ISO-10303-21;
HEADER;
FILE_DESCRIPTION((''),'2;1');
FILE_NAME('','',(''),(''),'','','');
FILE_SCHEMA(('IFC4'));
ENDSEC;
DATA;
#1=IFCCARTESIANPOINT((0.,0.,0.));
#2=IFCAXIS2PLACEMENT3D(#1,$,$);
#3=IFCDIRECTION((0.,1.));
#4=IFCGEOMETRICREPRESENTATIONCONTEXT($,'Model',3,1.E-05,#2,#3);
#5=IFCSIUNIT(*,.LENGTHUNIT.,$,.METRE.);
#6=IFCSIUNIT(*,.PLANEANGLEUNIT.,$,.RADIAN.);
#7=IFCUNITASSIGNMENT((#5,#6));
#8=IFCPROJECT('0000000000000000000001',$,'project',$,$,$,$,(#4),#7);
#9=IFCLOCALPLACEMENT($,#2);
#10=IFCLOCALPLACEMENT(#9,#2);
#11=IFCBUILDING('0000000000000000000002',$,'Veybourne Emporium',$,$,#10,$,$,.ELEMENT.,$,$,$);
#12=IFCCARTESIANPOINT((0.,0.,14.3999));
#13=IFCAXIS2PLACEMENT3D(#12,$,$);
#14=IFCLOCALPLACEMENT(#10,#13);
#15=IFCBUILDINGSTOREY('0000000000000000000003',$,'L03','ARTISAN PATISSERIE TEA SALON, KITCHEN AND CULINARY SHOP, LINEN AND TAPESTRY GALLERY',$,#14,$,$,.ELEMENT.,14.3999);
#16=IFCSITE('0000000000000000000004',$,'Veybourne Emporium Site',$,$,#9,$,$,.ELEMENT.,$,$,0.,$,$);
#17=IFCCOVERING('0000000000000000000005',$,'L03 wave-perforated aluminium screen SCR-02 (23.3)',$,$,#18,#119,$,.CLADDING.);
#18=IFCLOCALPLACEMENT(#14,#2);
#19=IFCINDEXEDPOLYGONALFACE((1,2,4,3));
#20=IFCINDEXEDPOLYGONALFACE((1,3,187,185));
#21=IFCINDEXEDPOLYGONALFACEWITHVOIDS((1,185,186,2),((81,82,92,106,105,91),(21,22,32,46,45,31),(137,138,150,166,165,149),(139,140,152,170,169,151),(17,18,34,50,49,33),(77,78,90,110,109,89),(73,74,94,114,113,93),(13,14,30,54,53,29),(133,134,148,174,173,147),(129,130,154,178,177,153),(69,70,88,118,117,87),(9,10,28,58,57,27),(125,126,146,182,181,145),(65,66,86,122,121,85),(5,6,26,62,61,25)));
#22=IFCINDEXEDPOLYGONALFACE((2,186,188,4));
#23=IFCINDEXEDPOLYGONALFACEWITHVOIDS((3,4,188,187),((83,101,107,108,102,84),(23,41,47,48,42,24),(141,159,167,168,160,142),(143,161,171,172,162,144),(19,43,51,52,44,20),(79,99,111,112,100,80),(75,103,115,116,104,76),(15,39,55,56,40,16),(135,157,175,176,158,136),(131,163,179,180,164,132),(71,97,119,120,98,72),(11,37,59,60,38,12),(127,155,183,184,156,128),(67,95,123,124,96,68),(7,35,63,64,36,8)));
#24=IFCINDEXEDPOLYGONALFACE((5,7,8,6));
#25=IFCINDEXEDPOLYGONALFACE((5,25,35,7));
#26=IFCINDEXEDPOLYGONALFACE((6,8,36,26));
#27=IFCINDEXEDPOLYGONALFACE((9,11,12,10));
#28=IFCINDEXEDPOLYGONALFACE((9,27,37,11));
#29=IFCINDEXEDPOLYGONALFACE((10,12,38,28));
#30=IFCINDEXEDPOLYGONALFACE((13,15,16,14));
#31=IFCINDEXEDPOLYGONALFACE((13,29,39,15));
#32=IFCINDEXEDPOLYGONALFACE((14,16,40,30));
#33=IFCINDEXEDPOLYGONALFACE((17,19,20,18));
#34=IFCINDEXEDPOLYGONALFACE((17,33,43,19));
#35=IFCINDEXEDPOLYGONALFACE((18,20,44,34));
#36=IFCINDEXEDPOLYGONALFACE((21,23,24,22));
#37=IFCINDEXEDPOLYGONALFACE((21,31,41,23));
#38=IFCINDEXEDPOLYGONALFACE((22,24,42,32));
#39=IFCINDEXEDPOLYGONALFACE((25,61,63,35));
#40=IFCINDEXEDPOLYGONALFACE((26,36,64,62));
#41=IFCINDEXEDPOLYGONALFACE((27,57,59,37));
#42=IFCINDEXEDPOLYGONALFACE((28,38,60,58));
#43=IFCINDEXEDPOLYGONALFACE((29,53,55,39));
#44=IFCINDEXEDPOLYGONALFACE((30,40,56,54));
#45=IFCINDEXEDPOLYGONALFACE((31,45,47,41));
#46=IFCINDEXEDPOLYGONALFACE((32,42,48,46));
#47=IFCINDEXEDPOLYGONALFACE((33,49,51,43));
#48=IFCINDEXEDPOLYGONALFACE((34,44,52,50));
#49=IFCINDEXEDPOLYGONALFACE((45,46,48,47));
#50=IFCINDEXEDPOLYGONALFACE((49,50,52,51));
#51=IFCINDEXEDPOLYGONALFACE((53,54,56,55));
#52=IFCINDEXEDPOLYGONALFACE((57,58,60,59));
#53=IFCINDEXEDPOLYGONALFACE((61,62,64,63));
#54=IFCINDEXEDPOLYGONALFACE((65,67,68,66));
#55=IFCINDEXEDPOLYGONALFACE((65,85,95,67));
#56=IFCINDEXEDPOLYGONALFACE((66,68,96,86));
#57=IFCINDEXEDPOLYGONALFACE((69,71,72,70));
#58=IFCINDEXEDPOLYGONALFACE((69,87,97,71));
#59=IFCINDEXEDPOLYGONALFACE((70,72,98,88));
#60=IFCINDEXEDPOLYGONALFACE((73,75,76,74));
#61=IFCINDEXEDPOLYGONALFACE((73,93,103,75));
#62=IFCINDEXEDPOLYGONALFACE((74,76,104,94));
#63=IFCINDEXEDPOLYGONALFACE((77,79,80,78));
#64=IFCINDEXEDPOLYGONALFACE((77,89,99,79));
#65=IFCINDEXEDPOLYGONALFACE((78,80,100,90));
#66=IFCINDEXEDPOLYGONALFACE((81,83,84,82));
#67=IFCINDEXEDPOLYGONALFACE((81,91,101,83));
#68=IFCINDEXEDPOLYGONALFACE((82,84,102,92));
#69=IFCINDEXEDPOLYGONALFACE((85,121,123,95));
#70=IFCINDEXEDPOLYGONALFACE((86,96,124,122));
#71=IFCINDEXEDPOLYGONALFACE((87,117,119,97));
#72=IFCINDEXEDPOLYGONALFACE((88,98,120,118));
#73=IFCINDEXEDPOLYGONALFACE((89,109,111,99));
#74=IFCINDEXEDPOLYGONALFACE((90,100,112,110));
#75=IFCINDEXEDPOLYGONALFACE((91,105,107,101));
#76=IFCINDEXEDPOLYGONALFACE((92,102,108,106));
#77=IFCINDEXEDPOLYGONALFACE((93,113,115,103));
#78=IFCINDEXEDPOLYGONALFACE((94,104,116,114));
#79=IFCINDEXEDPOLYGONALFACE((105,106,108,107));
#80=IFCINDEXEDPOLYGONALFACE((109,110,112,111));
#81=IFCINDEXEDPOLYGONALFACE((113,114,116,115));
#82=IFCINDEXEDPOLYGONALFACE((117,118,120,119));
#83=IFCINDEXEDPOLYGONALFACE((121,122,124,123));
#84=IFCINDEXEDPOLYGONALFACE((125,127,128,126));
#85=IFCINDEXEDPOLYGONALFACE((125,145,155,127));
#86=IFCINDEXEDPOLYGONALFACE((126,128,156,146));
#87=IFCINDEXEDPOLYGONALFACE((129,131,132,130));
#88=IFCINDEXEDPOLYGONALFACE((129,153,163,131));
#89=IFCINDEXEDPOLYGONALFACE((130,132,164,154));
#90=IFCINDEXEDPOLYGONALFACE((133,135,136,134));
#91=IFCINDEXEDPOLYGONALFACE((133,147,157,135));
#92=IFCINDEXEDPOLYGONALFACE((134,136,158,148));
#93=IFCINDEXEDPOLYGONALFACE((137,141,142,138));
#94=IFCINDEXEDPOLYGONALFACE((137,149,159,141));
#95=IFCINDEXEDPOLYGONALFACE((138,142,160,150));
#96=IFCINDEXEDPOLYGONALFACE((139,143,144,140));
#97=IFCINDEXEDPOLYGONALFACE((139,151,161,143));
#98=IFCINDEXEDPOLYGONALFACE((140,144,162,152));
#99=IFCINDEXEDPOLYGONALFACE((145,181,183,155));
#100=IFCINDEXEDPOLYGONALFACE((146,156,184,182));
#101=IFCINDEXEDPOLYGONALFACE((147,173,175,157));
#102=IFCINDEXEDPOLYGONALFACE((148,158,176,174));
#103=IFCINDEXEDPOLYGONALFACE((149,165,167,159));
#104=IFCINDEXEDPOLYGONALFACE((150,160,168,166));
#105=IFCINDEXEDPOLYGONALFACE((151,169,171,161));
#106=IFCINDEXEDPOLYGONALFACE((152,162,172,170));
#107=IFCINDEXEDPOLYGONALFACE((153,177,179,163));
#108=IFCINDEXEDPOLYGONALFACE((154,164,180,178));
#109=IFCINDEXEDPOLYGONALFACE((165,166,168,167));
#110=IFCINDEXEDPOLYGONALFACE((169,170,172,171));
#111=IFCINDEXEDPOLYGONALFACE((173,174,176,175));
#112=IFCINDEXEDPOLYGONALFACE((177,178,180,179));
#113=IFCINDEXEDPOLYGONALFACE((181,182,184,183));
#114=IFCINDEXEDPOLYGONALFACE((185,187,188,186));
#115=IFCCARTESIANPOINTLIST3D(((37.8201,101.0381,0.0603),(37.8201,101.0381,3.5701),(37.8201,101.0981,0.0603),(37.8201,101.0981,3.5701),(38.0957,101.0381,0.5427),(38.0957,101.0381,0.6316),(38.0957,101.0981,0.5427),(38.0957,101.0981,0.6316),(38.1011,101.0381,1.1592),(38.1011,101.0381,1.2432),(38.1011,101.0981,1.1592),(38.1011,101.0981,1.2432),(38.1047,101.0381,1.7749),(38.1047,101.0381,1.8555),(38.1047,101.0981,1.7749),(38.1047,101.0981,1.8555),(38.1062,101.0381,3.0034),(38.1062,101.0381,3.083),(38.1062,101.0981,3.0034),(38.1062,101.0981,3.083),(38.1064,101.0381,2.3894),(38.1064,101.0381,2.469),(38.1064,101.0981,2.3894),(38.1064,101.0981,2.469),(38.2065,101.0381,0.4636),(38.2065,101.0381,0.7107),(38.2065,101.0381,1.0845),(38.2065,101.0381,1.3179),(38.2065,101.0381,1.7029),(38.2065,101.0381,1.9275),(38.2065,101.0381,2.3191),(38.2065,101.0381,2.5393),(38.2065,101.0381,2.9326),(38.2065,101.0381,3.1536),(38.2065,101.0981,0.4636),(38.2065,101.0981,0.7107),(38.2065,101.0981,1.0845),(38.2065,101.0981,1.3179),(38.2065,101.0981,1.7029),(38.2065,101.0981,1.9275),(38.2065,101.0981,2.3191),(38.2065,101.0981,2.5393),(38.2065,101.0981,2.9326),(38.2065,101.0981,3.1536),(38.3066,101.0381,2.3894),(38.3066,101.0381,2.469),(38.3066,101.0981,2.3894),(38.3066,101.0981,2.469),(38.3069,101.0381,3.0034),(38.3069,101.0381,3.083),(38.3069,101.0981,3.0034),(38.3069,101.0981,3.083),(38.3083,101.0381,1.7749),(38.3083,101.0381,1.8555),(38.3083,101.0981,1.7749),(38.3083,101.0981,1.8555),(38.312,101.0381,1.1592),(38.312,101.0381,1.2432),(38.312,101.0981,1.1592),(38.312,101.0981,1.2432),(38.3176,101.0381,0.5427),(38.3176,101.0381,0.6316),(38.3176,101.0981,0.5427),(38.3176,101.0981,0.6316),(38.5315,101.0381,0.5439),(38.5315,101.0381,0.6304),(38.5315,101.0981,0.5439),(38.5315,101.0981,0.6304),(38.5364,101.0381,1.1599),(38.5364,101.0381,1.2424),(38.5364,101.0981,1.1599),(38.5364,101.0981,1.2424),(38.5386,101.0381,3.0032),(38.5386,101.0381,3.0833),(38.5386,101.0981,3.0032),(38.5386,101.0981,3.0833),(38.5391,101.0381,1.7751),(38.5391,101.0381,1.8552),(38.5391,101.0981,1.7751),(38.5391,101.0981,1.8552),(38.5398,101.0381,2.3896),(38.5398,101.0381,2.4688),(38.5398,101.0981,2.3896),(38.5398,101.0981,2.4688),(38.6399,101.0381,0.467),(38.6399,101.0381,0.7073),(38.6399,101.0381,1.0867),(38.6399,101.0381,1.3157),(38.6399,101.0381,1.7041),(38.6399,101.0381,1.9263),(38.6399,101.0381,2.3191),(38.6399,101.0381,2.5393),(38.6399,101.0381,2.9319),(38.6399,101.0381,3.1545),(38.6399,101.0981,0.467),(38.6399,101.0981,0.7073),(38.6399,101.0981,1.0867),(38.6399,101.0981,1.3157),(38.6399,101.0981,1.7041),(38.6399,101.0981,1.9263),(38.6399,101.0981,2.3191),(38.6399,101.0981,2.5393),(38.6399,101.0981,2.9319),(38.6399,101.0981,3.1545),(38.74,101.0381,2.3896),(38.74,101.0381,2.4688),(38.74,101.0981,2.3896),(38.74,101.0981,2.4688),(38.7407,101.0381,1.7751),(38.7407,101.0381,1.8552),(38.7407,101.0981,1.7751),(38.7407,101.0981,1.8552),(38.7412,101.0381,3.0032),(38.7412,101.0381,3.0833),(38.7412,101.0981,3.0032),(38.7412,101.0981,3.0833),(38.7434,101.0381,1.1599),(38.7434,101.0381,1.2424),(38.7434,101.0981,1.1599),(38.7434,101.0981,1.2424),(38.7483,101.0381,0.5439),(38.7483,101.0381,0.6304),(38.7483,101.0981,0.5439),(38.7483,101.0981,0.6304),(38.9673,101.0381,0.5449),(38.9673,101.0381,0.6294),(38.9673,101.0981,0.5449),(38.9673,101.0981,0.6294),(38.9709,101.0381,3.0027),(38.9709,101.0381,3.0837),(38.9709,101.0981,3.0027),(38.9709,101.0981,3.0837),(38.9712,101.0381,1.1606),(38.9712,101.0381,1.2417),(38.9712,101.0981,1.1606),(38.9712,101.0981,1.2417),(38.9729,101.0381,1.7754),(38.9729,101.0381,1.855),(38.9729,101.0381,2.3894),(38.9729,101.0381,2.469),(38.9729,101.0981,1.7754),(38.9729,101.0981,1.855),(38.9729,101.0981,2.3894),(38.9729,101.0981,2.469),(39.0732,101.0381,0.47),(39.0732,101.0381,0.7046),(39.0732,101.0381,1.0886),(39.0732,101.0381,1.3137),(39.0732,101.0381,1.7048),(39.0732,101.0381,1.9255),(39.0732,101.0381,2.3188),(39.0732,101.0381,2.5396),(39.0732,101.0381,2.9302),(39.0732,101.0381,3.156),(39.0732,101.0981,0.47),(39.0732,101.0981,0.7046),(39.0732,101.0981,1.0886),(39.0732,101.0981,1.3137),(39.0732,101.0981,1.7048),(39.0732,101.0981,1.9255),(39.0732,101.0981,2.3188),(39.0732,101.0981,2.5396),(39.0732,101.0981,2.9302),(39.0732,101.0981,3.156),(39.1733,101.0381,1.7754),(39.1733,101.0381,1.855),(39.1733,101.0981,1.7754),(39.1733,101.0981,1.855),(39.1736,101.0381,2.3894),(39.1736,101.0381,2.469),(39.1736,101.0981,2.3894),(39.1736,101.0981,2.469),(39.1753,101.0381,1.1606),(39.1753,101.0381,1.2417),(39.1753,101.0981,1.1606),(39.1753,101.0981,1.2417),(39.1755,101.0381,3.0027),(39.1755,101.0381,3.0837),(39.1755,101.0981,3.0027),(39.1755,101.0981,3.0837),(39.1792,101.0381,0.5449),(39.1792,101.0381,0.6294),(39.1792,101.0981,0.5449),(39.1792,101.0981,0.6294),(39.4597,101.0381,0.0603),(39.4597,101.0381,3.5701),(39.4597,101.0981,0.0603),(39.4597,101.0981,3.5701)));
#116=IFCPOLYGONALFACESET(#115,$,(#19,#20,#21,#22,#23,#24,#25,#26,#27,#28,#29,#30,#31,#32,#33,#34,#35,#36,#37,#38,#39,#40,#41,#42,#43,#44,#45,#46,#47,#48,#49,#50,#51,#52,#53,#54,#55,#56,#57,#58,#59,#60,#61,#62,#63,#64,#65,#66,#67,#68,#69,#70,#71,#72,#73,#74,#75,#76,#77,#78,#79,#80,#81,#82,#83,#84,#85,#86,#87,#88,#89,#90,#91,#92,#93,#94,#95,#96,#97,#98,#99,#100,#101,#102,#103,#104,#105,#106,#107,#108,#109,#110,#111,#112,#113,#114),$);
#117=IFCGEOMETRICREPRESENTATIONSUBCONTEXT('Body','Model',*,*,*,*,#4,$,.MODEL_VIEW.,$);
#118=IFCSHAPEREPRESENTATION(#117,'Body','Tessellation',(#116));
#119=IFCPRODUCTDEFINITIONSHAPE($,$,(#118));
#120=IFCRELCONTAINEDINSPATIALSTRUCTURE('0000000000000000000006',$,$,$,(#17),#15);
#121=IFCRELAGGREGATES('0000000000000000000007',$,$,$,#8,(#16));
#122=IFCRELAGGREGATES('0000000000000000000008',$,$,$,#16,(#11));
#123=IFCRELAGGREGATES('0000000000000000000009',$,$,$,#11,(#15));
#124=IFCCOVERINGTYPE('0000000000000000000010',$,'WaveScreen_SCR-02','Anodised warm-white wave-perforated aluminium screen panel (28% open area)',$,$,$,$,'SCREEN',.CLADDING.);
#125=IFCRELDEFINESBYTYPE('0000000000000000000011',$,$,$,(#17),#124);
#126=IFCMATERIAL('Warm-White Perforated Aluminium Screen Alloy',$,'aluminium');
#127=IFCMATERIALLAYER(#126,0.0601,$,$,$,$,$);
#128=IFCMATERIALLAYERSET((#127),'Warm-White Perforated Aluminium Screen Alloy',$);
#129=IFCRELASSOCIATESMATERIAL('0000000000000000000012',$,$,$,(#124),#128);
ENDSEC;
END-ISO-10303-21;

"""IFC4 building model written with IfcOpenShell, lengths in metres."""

from ifc_helpers import new_model, si_unit, direction, frame, origin, place, context, subcontext, project, spatial, polyline, outline, extrude, material, layer, layer_set, type_object, element, save


model = new_model("IFC4")

# Units and contexts
model_context = context("Model", 3, precision=1e-05, world=origin(), true_north=direction((0.0, 1.0)))
body_context = subcontext(model_context, "Body", "Model", "MODEL_VIEW")
ifc_project = project(units=[si_unit("LENGTHUNIT", "METRE"), si_unit("PLANEANGLEUNIT", "RADIAN")], contexts=[model_context])

# Site, building, storey
site_placement = place(None, origin())
site = spatial("IfcSite", under=ifc_project, at=site_placement, Name="Veybourne Emporium Site", CompositionType="ELEMENT", RefElevation=0.0)
building_placement = place(site_placement, origin())
building = spatial("IfcBuilding", under=site, at=building_placement, Name="Veybourne Emporium", CompositionType="ELEMENT")
storey_placement = place(building_placement, frame((0.0, 0.0, 14.3999)))
storey = spatial("IfcBuildingStorey", under=building, at=storey_placement, Name="L03", Description="ARTISAN PATISSERIE TEA SALON, KITCHEN AND CULINARY SHOP, LINEN AND TAPESTRY GALLERY", CompositionType="ELEMENT", Elevation=14.3999)

# Covering
ifc_material_1 = material(Name="Warm-White Perforated Aluminium Screen Alloy", Category="aluminium")
ifc_layer_1 = layer(ifc_material_1, 0.0601)
ifc_layer_set_1 = layer_set([ifc_layer_1], Name="Warm-White Perforated Aluminium Screen Alloy")
covering_type_1 = type_object("IfcCoveringType", Name="WaveScreen_SCR-02", Description="Anodised warm-white wave-perforated aluminium screen panel (28% open area)", ElementType="SCREEN", PredefinedType="CLADDING", material=ifc_layer_set_1)
covering_1_placement = place(storey_placement, frame((38.6399, 101.0981, 1.8152), z_axis=(0.0, -1.0, 0.0), x_axis=(1.0, 0.0, 0.0)))
element("IfcCovering", 1, at=covering_1_placement, inside=storey, type_object=covering_type_1, Name="L03 wave-perforated aluminium screen SCR-02 (23.3)", PredefinedType="CLADDING", context=body_context, shape_type="SweptSolid", body=[
    extrude(outline(polyline([(-0.8198, -1.7549), (0.8198, -1.7549), (0.8198, 1.7549), (-0.8198, 1.7549), (-0.8198, -1.7549)]), holes=[polyline([(-0.4333, -1.1045), (-0.3223, -1.1836), (-0.3223, -1.2725), (-0.4333, -1.3516), (-0.5442, -1.2725), (-0.5442, -1.1836), (-0.4333, -1.1045)]), polyline([(-0.4333, -0.4973), (-0.3279, -0.572), (-0.3279, -0.656), (-0.4333, -0.7307), (-0.5388, -0.656), (-0.5388, -0.572), (-0.4333, -0.4973)]), polyline([(-0.4333, 0.1123), (-0.3315, 0.0403), (-0.3315, -0.0403), (-0.4333, -0.1123), (-0.5352, -0.0403), (-0.5352, 0.0403), (-0.4333, 0.1123)]), polyline([(-0.4333, 0.7241), (-0.3333, 0.6538), (-0.3333, 0.5742), (-0.4333, 0.5039), (-0.5334, 0.5742), (-0.5334, 0.6538), (-0.4333, 0.7241)]), polyline([(-0.4333, 1.3384), (-0.333, 1.2678), (-0.333, 1.1882), (-0.4333, 1.1174), (-0.5337, 1.1882), (-0.5337, 1.2678), (-0.4333, 1.3384)]), polyline([(0.0, -1.1079), (0.1084, -1.1848), (0.1084, -1.2712), (0.0, -1.3481), (-0.1084, -1.2712), (-0.1084, -1.1848), (0.0, -1.1079)]), polyline([(0.0, -0.4995), (0.1035, -0.5728), (0.1035, -0.6553), (0.0, -0.7285), (-0.1035, -0.6553), (-0.1035, -0.5728), (0.0, -0.4995)]), polyline([(0.0, 0.1111), (0.1008, 0.04), (0.1008, -0.04), (0.0, -0.1111), (-0.1008, -0.04), (-0.1008, 0.04), (0.0, 0.1111)]), polyline([(0.0, 0.7241), (0.1001, 0.6536), (0.1001, 0.5745), (0.0, 0.5039), (-0.1001, 0.5745), (-0.1001, 0.6536), (0.0, 0.7241)]), polyline([(0.0, 1.3394), (0.1013, 1.2681), (0.1013, 1.188), (0.0, 1.1167), (-0.1013, 1.188), (-0.1013, 1.2681), (0.0, 1.3394)]), polyline([(0.4333, -1.1106), (0.5393, -1.1858), (0.5393, -1.2703), (0.4333, -1.3452), (0.3274, -1.2703), (0.3274, -1.1858), (0.4333, -1.1106)]), polyline([(0.4333, -0.5015), (0.5354, -0.5735), (0.5354, -0.6545), (0.4333, -0.7266), (0.3313, -0.6545), (0.3313, -0.5735), (0.4333, -0.5015)]), polyline([(0.4333, 0.1104), (0.5334, 0.0398), (0.5334, -0.0398), (0.4333, -0.1104), (0.333, -0.0398), (0.333, 0.0398), (0.4333, 0.1104)]), polyline([(0.4333, 0.7244), (0.5337, 0.6538), (0.5337, 0.5742), (0.4333, 0.5037), (0.333, 0.5742), (0.333, 0.6538), (0.4333, 0.7244)]), polyline([(0.4333, 1.3408), (0.5356, 1.2686), (0.5356, 1.1875), (0.4333, 1.115), (0.3311, 1.1875), (0.3311, 1.2686), (0.4333, 1.3408)])]), origin(), (0.0, 0.0, 1.0), 0.0601),
])

save(model, "model.ifc")
